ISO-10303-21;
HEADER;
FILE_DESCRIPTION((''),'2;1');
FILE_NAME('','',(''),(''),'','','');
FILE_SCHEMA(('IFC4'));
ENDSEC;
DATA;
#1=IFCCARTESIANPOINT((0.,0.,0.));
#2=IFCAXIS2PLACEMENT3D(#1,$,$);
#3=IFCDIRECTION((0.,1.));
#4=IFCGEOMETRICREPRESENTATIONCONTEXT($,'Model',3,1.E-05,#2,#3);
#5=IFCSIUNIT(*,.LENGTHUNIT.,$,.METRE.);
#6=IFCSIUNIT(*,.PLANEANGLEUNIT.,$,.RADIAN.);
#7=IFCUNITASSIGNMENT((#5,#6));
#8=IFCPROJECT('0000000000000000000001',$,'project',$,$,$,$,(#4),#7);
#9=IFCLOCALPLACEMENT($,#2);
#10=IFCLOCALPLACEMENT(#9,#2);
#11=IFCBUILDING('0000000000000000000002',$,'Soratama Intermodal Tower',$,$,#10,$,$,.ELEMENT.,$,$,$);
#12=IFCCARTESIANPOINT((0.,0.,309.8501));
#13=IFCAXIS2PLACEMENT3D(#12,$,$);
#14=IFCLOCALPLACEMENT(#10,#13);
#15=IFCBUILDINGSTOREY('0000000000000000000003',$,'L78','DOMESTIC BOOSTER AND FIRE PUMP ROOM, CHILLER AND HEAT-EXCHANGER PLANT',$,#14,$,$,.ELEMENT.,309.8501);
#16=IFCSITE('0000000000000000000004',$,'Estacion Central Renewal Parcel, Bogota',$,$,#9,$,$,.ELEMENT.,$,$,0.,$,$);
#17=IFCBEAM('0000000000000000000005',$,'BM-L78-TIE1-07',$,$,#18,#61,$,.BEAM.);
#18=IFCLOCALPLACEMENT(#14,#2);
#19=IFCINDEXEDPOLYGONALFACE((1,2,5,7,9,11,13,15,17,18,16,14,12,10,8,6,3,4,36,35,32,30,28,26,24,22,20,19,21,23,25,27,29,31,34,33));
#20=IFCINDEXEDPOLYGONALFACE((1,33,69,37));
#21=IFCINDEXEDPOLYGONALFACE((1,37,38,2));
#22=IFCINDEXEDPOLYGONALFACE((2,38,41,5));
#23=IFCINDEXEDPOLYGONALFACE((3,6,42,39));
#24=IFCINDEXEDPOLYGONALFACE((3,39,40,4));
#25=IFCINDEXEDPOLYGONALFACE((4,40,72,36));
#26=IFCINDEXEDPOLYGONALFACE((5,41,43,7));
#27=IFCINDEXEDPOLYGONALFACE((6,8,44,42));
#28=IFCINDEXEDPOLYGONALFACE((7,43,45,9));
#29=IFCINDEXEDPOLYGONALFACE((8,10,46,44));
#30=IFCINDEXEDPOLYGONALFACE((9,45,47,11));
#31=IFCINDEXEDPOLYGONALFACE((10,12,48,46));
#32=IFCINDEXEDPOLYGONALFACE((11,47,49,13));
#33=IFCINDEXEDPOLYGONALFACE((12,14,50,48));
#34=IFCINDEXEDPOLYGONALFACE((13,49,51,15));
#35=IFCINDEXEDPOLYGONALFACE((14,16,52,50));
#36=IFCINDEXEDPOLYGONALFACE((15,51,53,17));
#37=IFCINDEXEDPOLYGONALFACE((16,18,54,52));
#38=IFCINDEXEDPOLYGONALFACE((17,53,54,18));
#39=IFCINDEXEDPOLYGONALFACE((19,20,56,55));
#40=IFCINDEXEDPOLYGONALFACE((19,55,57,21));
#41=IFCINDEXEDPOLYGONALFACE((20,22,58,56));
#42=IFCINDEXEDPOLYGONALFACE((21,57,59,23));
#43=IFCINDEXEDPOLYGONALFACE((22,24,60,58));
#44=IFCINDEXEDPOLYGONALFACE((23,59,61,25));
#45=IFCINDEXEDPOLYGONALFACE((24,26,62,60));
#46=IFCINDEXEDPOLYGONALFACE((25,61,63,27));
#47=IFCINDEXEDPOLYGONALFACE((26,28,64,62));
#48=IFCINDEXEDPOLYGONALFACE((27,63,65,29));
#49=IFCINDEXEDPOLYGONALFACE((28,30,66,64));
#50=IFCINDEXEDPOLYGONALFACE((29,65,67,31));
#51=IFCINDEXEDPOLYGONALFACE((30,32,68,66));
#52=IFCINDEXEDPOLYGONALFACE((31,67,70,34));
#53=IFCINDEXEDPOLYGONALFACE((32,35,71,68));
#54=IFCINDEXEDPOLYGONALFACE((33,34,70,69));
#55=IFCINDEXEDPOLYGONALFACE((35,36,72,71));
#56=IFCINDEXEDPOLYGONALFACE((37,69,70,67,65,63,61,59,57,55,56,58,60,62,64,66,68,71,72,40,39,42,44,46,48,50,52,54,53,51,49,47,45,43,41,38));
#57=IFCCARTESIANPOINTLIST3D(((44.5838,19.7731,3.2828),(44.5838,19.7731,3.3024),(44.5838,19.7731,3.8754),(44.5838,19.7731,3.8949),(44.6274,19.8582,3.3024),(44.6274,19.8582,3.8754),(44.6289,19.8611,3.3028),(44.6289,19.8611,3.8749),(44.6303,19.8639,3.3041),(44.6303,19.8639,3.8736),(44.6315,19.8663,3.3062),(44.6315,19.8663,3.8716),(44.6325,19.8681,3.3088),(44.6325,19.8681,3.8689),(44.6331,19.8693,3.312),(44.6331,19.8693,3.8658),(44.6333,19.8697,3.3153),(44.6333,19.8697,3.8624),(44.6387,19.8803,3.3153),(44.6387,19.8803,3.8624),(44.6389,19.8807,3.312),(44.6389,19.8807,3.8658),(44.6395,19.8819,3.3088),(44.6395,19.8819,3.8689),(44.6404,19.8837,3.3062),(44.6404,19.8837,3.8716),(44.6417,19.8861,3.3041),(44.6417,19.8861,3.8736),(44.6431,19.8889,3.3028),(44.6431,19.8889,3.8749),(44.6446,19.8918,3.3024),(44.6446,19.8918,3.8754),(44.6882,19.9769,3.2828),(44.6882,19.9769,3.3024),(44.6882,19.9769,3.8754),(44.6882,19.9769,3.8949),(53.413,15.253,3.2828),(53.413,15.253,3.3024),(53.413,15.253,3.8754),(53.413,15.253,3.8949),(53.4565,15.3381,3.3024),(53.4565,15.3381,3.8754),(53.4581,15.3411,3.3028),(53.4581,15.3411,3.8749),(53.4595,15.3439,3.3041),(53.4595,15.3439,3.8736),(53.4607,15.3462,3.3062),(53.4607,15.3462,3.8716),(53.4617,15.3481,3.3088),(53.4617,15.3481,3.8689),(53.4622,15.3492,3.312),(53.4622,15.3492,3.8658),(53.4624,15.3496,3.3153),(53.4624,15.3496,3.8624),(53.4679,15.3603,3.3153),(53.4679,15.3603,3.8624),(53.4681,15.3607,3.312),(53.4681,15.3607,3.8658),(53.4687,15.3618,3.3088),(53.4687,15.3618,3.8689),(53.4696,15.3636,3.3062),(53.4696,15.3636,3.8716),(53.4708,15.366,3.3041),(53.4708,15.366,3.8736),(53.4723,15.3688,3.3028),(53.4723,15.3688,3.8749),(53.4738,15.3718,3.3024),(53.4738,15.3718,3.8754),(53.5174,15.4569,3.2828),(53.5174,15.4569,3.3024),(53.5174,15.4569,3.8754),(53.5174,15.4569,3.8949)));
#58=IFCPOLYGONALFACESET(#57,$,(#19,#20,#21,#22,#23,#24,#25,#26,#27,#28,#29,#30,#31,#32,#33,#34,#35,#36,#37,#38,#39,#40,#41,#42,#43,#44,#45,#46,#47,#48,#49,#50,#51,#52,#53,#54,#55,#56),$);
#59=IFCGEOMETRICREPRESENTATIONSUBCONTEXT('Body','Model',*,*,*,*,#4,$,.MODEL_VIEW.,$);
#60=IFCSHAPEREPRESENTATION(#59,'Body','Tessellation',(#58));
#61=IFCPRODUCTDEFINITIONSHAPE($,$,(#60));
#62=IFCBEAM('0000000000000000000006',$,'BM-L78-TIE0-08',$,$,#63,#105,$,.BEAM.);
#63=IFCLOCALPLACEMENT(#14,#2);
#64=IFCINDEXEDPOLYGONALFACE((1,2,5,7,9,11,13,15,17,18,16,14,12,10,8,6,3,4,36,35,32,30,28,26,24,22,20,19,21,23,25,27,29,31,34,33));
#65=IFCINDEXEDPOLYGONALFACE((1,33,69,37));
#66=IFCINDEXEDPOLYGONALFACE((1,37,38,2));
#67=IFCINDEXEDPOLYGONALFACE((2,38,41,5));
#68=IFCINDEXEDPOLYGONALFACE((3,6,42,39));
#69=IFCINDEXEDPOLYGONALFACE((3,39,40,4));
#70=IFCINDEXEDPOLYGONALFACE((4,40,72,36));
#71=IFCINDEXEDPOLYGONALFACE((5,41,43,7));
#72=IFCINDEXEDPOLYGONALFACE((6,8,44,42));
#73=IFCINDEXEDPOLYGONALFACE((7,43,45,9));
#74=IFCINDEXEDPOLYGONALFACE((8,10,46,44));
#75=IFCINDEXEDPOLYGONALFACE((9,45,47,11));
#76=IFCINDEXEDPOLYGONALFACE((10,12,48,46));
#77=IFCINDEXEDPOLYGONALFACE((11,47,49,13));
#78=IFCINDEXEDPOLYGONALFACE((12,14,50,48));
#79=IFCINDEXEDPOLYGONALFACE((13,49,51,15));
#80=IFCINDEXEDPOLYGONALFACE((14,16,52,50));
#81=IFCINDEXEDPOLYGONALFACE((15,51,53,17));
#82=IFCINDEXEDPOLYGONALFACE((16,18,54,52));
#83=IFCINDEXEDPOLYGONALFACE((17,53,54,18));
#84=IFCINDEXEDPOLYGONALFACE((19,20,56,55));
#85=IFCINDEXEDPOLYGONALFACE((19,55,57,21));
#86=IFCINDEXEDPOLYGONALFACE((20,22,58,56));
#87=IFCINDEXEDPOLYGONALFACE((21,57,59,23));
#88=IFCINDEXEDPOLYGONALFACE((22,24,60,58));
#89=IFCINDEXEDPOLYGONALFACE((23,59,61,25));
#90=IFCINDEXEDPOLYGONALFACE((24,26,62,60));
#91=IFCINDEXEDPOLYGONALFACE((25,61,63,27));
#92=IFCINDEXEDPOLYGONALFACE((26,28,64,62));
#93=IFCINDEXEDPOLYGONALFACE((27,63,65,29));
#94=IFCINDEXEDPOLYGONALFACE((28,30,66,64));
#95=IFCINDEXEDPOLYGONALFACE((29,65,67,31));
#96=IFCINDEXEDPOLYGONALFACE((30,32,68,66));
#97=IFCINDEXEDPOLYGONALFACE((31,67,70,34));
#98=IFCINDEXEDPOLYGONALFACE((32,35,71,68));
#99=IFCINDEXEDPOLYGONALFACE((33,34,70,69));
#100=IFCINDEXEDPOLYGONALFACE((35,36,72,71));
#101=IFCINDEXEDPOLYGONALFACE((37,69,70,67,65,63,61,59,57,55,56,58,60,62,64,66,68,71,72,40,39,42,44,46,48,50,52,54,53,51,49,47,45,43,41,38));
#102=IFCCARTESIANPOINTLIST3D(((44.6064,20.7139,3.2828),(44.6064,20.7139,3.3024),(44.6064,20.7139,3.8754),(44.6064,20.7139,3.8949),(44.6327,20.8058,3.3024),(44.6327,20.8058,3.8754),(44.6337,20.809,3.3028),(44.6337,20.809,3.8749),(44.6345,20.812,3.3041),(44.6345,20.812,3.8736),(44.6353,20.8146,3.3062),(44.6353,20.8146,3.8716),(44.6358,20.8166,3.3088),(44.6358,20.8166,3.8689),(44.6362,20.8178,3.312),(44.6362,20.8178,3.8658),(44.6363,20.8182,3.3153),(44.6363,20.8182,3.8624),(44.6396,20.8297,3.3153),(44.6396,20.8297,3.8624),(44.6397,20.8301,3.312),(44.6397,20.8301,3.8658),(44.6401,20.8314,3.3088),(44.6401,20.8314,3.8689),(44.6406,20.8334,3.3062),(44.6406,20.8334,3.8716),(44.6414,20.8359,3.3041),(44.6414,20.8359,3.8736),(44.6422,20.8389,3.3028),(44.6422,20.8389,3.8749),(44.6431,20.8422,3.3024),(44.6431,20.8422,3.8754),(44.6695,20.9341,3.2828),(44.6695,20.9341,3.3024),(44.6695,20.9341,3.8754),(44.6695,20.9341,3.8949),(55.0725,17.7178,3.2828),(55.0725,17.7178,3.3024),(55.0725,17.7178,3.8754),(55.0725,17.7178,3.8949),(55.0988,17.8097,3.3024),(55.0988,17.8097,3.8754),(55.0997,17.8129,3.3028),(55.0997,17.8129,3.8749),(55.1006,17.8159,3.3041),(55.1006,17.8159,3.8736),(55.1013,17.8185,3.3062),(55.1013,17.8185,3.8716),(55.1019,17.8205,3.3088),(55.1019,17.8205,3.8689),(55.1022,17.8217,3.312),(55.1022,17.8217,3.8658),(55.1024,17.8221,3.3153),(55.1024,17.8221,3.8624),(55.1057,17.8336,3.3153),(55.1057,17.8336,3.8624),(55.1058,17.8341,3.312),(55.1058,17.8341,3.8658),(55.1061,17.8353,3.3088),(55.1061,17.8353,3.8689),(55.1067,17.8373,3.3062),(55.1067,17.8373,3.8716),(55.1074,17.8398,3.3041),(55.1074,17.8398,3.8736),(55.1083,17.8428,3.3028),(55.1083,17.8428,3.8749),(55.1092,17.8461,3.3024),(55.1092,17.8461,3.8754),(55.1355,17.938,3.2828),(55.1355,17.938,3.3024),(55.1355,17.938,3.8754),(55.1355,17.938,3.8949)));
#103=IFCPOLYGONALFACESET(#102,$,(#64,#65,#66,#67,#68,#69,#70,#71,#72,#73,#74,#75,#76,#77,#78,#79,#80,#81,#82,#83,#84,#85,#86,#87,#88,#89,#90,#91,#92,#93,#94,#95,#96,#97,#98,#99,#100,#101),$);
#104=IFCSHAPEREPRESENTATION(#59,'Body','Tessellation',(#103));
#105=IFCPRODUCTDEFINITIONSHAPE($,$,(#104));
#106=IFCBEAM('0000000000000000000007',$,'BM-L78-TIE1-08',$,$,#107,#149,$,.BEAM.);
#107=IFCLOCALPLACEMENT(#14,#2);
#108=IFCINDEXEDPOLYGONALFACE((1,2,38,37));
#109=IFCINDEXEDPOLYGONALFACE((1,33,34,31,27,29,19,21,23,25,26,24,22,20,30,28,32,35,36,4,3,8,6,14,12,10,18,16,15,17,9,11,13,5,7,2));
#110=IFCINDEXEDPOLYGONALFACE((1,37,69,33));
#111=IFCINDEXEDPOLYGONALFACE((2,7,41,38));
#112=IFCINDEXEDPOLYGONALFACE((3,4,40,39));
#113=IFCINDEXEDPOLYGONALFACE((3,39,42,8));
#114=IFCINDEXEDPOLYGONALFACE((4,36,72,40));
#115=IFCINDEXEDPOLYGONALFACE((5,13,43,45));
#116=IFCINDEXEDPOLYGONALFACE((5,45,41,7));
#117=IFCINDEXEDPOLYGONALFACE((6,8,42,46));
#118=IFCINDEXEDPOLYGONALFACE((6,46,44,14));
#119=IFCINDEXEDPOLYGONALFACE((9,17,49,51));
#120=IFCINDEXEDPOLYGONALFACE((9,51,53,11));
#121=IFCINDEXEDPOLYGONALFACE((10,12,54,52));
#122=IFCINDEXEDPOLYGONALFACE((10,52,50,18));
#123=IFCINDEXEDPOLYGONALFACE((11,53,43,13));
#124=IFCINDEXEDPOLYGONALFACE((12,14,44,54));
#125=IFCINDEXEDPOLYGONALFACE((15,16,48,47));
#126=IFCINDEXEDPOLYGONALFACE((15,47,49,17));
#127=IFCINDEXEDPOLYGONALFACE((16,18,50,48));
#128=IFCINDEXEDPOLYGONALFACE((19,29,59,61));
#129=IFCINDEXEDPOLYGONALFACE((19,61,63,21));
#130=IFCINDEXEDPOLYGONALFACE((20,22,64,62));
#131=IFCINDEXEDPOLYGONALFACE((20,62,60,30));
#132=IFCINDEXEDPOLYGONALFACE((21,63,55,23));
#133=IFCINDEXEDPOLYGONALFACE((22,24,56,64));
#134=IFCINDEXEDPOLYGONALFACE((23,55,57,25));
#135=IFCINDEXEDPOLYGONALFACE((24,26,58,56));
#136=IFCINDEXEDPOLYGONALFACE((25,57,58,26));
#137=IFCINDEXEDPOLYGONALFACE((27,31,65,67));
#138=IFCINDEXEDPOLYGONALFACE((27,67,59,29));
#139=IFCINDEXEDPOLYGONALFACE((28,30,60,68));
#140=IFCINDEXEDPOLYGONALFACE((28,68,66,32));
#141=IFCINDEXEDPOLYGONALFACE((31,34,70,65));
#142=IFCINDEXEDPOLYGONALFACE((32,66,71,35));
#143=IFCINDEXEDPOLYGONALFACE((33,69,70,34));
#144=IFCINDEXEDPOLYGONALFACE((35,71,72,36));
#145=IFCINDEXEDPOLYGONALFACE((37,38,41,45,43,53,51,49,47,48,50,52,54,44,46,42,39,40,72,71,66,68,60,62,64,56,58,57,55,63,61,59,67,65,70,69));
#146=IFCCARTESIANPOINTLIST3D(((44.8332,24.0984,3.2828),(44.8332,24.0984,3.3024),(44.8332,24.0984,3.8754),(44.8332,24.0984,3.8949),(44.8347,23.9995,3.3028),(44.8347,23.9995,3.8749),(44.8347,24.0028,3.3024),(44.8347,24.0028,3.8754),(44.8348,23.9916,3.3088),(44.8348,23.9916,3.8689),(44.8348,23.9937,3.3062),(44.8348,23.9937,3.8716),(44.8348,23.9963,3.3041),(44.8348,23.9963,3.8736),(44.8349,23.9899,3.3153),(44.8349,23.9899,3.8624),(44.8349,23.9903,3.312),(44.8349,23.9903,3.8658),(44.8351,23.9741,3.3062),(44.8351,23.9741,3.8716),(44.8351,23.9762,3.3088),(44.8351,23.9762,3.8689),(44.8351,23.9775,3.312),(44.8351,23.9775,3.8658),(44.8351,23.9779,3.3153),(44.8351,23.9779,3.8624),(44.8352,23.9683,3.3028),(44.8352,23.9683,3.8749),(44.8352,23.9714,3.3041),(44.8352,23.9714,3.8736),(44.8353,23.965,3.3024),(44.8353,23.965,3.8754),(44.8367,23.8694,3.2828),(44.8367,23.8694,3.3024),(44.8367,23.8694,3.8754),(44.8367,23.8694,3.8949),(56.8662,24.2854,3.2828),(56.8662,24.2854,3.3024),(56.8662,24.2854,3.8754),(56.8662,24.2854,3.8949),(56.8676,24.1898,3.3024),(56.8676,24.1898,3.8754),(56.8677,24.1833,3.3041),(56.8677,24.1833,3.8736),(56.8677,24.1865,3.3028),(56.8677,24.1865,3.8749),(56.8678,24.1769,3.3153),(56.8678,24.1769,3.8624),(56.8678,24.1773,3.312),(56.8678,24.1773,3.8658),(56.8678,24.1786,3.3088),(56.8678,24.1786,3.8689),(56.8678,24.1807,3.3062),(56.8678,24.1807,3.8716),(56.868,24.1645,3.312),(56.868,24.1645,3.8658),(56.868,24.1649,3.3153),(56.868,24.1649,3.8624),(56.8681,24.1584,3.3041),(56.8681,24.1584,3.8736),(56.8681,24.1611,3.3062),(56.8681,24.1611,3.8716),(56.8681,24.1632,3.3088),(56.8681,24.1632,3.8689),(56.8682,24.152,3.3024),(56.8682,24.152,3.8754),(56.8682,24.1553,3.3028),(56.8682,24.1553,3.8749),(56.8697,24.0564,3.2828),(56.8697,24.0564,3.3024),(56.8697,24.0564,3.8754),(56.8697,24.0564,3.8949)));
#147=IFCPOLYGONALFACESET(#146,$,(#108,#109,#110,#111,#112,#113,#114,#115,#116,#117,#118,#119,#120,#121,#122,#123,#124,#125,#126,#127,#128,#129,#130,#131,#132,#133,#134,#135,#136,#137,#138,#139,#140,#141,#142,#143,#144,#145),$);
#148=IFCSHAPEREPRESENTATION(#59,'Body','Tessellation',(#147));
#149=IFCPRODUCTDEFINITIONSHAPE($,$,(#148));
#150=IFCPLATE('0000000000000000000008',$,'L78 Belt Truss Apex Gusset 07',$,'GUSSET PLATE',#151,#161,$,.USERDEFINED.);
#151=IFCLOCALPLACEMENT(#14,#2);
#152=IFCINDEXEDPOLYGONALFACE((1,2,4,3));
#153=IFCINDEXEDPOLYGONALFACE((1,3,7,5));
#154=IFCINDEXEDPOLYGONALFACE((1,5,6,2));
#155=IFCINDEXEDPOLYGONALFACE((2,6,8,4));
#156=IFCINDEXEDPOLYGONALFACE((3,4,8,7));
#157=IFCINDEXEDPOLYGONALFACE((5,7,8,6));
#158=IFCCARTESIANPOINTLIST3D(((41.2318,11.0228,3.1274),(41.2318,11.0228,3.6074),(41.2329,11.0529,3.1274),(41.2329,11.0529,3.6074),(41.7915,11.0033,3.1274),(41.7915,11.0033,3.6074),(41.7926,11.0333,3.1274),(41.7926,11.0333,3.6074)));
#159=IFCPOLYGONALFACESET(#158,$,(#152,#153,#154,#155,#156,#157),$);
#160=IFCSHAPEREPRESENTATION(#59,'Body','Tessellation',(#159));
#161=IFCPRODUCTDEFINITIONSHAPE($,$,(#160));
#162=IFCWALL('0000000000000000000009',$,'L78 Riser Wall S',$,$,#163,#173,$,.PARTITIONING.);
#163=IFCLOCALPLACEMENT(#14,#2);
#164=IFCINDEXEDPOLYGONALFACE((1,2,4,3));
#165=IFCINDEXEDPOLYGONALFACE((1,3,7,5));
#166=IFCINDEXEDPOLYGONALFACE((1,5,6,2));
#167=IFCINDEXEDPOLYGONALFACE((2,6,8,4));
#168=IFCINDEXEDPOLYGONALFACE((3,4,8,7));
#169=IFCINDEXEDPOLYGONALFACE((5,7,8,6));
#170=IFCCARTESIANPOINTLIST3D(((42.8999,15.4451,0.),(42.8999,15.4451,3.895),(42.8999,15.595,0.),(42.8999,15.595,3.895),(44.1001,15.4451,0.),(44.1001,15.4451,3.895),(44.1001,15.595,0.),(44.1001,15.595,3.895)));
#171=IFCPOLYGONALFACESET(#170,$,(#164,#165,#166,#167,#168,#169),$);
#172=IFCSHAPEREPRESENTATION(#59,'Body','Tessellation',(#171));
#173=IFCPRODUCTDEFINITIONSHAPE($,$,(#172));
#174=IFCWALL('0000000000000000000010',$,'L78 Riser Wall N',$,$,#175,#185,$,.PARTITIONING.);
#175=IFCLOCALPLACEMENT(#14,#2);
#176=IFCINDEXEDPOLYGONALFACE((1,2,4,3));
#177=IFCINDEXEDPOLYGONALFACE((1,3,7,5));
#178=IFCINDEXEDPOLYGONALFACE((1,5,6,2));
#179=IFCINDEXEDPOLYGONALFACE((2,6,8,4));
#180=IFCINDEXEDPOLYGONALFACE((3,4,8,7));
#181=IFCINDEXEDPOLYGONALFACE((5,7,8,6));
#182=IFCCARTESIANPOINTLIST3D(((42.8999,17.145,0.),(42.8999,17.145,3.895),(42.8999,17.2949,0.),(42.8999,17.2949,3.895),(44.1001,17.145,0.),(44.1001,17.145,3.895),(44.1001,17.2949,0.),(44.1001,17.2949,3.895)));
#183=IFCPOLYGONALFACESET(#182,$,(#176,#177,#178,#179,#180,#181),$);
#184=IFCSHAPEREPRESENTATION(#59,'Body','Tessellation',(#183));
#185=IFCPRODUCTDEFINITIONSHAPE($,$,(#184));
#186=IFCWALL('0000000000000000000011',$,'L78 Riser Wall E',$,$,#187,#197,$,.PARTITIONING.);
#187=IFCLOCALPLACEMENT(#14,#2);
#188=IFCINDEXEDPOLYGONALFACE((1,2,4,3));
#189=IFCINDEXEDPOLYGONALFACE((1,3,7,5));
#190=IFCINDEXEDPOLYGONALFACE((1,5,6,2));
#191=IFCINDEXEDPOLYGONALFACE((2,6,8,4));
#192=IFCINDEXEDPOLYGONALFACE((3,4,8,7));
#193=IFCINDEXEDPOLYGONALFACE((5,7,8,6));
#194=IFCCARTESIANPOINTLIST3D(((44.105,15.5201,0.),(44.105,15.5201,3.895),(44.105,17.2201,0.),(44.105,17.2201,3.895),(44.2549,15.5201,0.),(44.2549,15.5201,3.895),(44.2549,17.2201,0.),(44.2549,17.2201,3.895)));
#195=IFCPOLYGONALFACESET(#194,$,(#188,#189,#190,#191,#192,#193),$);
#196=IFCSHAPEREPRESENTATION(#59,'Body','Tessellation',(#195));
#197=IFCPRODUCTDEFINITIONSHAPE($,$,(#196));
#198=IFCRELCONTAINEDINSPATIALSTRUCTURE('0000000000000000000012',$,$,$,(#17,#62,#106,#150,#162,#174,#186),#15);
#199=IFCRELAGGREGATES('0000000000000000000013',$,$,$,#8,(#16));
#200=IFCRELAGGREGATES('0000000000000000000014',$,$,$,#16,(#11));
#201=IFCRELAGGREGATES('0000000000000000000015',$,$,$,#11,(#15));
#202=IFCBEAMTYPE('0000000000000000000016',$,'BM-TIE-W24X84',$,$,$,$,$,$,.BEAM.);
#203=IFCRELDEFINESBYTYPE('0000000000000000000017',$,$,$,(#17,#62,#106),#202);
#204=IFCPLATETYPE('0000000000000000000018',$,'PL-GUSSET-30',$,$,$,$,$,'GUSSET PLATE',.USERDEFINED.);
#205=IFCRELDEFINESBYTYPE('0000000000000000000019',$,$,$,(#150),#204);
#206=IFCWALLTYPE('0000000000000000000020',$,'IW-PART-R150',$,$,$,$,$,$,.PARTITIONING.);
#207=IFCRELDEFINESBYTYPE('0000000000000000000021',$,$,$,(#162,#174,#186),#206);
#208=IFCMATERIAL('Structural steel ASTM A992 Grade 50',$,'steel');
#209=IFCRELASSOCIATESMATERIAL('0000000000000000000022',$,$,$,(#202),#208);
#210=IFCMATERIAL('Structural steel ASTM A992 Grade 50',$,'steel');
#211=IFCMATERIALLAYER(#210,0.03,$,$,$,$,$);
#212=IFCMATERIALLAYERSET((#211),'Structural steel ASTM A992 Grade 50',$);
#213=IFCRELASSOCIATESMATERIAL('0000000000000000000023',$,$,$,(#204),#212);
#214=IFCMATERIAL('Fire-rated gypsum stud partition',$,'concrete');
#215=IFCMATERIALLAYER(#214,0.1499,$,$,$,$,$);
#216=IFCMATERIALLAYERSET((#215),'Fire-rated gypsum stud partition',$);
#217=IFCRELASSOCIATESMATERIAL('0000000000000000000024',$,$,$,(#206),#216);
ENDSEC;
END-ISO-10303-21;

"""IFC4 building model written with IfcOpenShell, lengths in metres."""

from ifc_helpers import new_model, si_unit, direction, frame, frame_2d, origin, origin_2d, place, context, subcontext, project, spatial, rectangle, i_section, extrude, material, layer, layer_set, material_profile, profile_set, type_object, element, save


model = new_model("IFC4")

# Units and contexts
model_context = context("Model", 3, precision=1e-05, world=origin(), true_north=direction((0.0, 1.0)))
body_context = subcontext(model_context, "Body", "Model", "MODEL_VIEW")
ifc_project = project(units=[si_unit("LENGTHUNIT", "METRE"), si_unit("PLANEANGLEUNIT", "RADIAN")], contexts=[model_context])

# Site, building, storey
site_placement = place(None, origin())
site = spatial("IfcSite", under=ifc_project, at=site_placement, Name="Estacion Central Renewal Parcel, Bogota", CompositionType="ELEMENT", RefElevation=0.0)
building_placement = place(site_placement, origin())
building = spatial("IfcBuilding", under=site, at=building_placement, Name="Soratama Intermodal Tower", CompositionType="ELEMENT")
storey_placement = place(building_placement, frame((0.0, 0.0, 309.8501)))
storey = spatial("IfcBuildingStorey", under=building, at=storey_placement, Name="L78", Description="DOMESTIC BOOSTER AND FIRE PUMP ROOM, CHILLER AND HEAT-EXCHANGER PLANT", CompositionType="ELEMENT", Elevation=309.8501)

# Beams
ifc_material_1 = material(Name="Structural steel ASTM A992 Grade 50", Category="steel")
ifc_material_profile_1 = material_profile(ifc_material_1, i_section(OverallWidth=0.229, OverallDepth=0.6121, WebThickness=0.012, FlangeThickness=0.0195, FilletRadius=0.0129, at=origin_2d()), Name="W24X84")
ifc_profile_set_1 = profile_set([ifc_material_profile_1], Name="Structural steel ASTM A992 Grade 50")
beam_type_1 = type_object("IfcBeamType", Name="BM-TIE-W24X84", PredefinedType="BEAM", material=ifc_profile_set_1)
beam_1_placement = place(storey_placement, frame((44.636, 19.875, 3.5889), z_axis=(0.890133, -0.4557, 0.0), x_axis=(0.4557, 0.890133, 0.0)))
element("IfcBeam", 1, at=beam_1_placement, inside=storey, type_object=beam_type_1, Name="BM-L78-TIE1-07", PredefinedType="BEAM", context=body_context, shape_type="SweptSolid", body=[
    extrude(i_section(OverallWidth=0.229, OverallDepth=0.6121, WebThickness=0.012, FlangeThickness=0.0195, FilletRadius=0.0129, at=origin_2d()), origin(), (0.0, 0.0, 1.0), 9.9189),
])
beam_2_placement = place(storey_placement, frame((44.6379, 20.824, 3.5889), z_axis=(0.961383, -0.275213, 0.0), x_axis=(0.275213, 0.961383, 0.0)))
element("IfcBeam", 2, at=beam_2_placement, inside=storey, type_object=beam_type_1, Name="BM-L78-TIE0-08", PredefinedType="BEAM", context=body_context, shape_type="SweptSolid", body=[
    extrude(i_section(OverallWidth=0.229, OverallDepth=0.6121, WebThickness=0.012, FlangeThickness=0.0195, FilletRadius=0.0129, at=origin_2d()), origin(), (0.0, 0.0, 1.0), 10.8865),
])
beam_3_placement = place(storey_placement, frame((44.835, 23.9839, 3.5889), z_axis=(0.999879, 0.01554, 0.0), x_axis=(-0.01554, 0.999879, 0.0)))
element("IfcBeam", 3, at=beam_3_placement, inside=storey, type_object=beam_type_1, Name="BM-L78-TIE1-08", PredefinedType="BEAM", context=body_context, shape_type="SweptSolid", body=[
    extrude(i_section(OverallWidth=0.229, OverallDepth=0.6121, WebThickness=0.012, FlangeThickness=0.0195, FilletRadius=0.0129, at=origin_2d()), origin(), (0.0, 0.0, 1.0), 12.0344),
])

# Plate
ifc_material_2 = material(Name="Structural steel ASTM A992 Grade 50", Category="steel")
ifc_layer_1 = layer(ifc_material_2, 0.03)
ifc_layer_set_1 = layer_set([ifc_layer_1], Name="Structural steel ASTM A992 Grade 50")
plate_type = type_object("IfcPlateType", Name="PL-GUSSET-30", ElementType="GUSSET PLATE", PredefinedType="USERDEFINED", material=ifc_layer_set_1)
plate_placement = place(storey_placement, frame((41.5122, 11.0281, 3.1274), z_axis=(0.0, 0.0, 1.0), x_axis=(0.999391, -0.034899, 0.0)))
element("IfcPlate", 4, at=plate_placement, inside=storey, type_object=plate_type, Name="L78 Belt Truss Apex Gusset 07", ObjectType="GUSSET PLATE", PredefinedType="USERDEFINED", context=body_context, shape_type="SweptSolid", body=[
    extrude(rectangle(XDim=0.5601, YDim=0.03, at=origin_2d()), origin(), (0.0, 0.0, 1.0), 0.48),
])

# Walls
ifc_material_3 = material(Name="Fire-rated gypsum stud partition", Category="concrete")
ifc_layer_2 = layer(ifc_material_3, 0.1499)
ifc_layer_set_2 = layer_set([ifc_layer_2], Name="Fire-rated gypsum stud partition")
wall_type_1 = type_object("IfcWallType", Name="IW-PART-R150", PredefinedType="PARTITIONING", material=ifc_layer_set_2)
for number, where, z_axis, x_axis, name in (
    (5, (42.8999, 15.52, 0.0), (0.0, 0.0, 1.0), (1.0, 0.0, 0.0), "L78 Riser Wall S"),
    (6, (42.8999, 17.22, 0.0), (0.0, 0.0, 1.0), (1.0, 0.0, 0.0), "L78 Riser Wall N"),
):
    element("IfcWall", number, at=place(storey_placement, frame(where, z_axis=z_axis, x_axis=x_axis)), inside=storey, type_object=wall_type_1, Name=name, PredefinedType="PARTITIONING", context=body_context, shape_type="SweptSolid", body=[
        extrude(rectangle(XDim=1.2002, YDim=0.1499, at=frame_2d((0.6001, 0.0))), origin(), (0.0, 0.0, 1.0), 3.895),
    ])
wall_1_placement = place(storey_placement, frame((44.1799, 15.52, 0.0), z_axis=(0.0, 0.0, 1.0), x_axis=(0.0, 1.0, 0.0)))
element("IfcWall", 7, at=wall_1_placement, inside=storey, type_object=wall_type_1, Name="L78 Riser Wall E", PredefinedType="PARTITIONING", context=body_context, shape_type="SweptSolid", body=[
    extrude(rectangle(XDim=1.7, YDim=0.1499, at=frame_2d((0.8501, 0.0))), origin(), (0.0, 0.0, 1.0), 3.895),
])

save(model, "model.ifc")
